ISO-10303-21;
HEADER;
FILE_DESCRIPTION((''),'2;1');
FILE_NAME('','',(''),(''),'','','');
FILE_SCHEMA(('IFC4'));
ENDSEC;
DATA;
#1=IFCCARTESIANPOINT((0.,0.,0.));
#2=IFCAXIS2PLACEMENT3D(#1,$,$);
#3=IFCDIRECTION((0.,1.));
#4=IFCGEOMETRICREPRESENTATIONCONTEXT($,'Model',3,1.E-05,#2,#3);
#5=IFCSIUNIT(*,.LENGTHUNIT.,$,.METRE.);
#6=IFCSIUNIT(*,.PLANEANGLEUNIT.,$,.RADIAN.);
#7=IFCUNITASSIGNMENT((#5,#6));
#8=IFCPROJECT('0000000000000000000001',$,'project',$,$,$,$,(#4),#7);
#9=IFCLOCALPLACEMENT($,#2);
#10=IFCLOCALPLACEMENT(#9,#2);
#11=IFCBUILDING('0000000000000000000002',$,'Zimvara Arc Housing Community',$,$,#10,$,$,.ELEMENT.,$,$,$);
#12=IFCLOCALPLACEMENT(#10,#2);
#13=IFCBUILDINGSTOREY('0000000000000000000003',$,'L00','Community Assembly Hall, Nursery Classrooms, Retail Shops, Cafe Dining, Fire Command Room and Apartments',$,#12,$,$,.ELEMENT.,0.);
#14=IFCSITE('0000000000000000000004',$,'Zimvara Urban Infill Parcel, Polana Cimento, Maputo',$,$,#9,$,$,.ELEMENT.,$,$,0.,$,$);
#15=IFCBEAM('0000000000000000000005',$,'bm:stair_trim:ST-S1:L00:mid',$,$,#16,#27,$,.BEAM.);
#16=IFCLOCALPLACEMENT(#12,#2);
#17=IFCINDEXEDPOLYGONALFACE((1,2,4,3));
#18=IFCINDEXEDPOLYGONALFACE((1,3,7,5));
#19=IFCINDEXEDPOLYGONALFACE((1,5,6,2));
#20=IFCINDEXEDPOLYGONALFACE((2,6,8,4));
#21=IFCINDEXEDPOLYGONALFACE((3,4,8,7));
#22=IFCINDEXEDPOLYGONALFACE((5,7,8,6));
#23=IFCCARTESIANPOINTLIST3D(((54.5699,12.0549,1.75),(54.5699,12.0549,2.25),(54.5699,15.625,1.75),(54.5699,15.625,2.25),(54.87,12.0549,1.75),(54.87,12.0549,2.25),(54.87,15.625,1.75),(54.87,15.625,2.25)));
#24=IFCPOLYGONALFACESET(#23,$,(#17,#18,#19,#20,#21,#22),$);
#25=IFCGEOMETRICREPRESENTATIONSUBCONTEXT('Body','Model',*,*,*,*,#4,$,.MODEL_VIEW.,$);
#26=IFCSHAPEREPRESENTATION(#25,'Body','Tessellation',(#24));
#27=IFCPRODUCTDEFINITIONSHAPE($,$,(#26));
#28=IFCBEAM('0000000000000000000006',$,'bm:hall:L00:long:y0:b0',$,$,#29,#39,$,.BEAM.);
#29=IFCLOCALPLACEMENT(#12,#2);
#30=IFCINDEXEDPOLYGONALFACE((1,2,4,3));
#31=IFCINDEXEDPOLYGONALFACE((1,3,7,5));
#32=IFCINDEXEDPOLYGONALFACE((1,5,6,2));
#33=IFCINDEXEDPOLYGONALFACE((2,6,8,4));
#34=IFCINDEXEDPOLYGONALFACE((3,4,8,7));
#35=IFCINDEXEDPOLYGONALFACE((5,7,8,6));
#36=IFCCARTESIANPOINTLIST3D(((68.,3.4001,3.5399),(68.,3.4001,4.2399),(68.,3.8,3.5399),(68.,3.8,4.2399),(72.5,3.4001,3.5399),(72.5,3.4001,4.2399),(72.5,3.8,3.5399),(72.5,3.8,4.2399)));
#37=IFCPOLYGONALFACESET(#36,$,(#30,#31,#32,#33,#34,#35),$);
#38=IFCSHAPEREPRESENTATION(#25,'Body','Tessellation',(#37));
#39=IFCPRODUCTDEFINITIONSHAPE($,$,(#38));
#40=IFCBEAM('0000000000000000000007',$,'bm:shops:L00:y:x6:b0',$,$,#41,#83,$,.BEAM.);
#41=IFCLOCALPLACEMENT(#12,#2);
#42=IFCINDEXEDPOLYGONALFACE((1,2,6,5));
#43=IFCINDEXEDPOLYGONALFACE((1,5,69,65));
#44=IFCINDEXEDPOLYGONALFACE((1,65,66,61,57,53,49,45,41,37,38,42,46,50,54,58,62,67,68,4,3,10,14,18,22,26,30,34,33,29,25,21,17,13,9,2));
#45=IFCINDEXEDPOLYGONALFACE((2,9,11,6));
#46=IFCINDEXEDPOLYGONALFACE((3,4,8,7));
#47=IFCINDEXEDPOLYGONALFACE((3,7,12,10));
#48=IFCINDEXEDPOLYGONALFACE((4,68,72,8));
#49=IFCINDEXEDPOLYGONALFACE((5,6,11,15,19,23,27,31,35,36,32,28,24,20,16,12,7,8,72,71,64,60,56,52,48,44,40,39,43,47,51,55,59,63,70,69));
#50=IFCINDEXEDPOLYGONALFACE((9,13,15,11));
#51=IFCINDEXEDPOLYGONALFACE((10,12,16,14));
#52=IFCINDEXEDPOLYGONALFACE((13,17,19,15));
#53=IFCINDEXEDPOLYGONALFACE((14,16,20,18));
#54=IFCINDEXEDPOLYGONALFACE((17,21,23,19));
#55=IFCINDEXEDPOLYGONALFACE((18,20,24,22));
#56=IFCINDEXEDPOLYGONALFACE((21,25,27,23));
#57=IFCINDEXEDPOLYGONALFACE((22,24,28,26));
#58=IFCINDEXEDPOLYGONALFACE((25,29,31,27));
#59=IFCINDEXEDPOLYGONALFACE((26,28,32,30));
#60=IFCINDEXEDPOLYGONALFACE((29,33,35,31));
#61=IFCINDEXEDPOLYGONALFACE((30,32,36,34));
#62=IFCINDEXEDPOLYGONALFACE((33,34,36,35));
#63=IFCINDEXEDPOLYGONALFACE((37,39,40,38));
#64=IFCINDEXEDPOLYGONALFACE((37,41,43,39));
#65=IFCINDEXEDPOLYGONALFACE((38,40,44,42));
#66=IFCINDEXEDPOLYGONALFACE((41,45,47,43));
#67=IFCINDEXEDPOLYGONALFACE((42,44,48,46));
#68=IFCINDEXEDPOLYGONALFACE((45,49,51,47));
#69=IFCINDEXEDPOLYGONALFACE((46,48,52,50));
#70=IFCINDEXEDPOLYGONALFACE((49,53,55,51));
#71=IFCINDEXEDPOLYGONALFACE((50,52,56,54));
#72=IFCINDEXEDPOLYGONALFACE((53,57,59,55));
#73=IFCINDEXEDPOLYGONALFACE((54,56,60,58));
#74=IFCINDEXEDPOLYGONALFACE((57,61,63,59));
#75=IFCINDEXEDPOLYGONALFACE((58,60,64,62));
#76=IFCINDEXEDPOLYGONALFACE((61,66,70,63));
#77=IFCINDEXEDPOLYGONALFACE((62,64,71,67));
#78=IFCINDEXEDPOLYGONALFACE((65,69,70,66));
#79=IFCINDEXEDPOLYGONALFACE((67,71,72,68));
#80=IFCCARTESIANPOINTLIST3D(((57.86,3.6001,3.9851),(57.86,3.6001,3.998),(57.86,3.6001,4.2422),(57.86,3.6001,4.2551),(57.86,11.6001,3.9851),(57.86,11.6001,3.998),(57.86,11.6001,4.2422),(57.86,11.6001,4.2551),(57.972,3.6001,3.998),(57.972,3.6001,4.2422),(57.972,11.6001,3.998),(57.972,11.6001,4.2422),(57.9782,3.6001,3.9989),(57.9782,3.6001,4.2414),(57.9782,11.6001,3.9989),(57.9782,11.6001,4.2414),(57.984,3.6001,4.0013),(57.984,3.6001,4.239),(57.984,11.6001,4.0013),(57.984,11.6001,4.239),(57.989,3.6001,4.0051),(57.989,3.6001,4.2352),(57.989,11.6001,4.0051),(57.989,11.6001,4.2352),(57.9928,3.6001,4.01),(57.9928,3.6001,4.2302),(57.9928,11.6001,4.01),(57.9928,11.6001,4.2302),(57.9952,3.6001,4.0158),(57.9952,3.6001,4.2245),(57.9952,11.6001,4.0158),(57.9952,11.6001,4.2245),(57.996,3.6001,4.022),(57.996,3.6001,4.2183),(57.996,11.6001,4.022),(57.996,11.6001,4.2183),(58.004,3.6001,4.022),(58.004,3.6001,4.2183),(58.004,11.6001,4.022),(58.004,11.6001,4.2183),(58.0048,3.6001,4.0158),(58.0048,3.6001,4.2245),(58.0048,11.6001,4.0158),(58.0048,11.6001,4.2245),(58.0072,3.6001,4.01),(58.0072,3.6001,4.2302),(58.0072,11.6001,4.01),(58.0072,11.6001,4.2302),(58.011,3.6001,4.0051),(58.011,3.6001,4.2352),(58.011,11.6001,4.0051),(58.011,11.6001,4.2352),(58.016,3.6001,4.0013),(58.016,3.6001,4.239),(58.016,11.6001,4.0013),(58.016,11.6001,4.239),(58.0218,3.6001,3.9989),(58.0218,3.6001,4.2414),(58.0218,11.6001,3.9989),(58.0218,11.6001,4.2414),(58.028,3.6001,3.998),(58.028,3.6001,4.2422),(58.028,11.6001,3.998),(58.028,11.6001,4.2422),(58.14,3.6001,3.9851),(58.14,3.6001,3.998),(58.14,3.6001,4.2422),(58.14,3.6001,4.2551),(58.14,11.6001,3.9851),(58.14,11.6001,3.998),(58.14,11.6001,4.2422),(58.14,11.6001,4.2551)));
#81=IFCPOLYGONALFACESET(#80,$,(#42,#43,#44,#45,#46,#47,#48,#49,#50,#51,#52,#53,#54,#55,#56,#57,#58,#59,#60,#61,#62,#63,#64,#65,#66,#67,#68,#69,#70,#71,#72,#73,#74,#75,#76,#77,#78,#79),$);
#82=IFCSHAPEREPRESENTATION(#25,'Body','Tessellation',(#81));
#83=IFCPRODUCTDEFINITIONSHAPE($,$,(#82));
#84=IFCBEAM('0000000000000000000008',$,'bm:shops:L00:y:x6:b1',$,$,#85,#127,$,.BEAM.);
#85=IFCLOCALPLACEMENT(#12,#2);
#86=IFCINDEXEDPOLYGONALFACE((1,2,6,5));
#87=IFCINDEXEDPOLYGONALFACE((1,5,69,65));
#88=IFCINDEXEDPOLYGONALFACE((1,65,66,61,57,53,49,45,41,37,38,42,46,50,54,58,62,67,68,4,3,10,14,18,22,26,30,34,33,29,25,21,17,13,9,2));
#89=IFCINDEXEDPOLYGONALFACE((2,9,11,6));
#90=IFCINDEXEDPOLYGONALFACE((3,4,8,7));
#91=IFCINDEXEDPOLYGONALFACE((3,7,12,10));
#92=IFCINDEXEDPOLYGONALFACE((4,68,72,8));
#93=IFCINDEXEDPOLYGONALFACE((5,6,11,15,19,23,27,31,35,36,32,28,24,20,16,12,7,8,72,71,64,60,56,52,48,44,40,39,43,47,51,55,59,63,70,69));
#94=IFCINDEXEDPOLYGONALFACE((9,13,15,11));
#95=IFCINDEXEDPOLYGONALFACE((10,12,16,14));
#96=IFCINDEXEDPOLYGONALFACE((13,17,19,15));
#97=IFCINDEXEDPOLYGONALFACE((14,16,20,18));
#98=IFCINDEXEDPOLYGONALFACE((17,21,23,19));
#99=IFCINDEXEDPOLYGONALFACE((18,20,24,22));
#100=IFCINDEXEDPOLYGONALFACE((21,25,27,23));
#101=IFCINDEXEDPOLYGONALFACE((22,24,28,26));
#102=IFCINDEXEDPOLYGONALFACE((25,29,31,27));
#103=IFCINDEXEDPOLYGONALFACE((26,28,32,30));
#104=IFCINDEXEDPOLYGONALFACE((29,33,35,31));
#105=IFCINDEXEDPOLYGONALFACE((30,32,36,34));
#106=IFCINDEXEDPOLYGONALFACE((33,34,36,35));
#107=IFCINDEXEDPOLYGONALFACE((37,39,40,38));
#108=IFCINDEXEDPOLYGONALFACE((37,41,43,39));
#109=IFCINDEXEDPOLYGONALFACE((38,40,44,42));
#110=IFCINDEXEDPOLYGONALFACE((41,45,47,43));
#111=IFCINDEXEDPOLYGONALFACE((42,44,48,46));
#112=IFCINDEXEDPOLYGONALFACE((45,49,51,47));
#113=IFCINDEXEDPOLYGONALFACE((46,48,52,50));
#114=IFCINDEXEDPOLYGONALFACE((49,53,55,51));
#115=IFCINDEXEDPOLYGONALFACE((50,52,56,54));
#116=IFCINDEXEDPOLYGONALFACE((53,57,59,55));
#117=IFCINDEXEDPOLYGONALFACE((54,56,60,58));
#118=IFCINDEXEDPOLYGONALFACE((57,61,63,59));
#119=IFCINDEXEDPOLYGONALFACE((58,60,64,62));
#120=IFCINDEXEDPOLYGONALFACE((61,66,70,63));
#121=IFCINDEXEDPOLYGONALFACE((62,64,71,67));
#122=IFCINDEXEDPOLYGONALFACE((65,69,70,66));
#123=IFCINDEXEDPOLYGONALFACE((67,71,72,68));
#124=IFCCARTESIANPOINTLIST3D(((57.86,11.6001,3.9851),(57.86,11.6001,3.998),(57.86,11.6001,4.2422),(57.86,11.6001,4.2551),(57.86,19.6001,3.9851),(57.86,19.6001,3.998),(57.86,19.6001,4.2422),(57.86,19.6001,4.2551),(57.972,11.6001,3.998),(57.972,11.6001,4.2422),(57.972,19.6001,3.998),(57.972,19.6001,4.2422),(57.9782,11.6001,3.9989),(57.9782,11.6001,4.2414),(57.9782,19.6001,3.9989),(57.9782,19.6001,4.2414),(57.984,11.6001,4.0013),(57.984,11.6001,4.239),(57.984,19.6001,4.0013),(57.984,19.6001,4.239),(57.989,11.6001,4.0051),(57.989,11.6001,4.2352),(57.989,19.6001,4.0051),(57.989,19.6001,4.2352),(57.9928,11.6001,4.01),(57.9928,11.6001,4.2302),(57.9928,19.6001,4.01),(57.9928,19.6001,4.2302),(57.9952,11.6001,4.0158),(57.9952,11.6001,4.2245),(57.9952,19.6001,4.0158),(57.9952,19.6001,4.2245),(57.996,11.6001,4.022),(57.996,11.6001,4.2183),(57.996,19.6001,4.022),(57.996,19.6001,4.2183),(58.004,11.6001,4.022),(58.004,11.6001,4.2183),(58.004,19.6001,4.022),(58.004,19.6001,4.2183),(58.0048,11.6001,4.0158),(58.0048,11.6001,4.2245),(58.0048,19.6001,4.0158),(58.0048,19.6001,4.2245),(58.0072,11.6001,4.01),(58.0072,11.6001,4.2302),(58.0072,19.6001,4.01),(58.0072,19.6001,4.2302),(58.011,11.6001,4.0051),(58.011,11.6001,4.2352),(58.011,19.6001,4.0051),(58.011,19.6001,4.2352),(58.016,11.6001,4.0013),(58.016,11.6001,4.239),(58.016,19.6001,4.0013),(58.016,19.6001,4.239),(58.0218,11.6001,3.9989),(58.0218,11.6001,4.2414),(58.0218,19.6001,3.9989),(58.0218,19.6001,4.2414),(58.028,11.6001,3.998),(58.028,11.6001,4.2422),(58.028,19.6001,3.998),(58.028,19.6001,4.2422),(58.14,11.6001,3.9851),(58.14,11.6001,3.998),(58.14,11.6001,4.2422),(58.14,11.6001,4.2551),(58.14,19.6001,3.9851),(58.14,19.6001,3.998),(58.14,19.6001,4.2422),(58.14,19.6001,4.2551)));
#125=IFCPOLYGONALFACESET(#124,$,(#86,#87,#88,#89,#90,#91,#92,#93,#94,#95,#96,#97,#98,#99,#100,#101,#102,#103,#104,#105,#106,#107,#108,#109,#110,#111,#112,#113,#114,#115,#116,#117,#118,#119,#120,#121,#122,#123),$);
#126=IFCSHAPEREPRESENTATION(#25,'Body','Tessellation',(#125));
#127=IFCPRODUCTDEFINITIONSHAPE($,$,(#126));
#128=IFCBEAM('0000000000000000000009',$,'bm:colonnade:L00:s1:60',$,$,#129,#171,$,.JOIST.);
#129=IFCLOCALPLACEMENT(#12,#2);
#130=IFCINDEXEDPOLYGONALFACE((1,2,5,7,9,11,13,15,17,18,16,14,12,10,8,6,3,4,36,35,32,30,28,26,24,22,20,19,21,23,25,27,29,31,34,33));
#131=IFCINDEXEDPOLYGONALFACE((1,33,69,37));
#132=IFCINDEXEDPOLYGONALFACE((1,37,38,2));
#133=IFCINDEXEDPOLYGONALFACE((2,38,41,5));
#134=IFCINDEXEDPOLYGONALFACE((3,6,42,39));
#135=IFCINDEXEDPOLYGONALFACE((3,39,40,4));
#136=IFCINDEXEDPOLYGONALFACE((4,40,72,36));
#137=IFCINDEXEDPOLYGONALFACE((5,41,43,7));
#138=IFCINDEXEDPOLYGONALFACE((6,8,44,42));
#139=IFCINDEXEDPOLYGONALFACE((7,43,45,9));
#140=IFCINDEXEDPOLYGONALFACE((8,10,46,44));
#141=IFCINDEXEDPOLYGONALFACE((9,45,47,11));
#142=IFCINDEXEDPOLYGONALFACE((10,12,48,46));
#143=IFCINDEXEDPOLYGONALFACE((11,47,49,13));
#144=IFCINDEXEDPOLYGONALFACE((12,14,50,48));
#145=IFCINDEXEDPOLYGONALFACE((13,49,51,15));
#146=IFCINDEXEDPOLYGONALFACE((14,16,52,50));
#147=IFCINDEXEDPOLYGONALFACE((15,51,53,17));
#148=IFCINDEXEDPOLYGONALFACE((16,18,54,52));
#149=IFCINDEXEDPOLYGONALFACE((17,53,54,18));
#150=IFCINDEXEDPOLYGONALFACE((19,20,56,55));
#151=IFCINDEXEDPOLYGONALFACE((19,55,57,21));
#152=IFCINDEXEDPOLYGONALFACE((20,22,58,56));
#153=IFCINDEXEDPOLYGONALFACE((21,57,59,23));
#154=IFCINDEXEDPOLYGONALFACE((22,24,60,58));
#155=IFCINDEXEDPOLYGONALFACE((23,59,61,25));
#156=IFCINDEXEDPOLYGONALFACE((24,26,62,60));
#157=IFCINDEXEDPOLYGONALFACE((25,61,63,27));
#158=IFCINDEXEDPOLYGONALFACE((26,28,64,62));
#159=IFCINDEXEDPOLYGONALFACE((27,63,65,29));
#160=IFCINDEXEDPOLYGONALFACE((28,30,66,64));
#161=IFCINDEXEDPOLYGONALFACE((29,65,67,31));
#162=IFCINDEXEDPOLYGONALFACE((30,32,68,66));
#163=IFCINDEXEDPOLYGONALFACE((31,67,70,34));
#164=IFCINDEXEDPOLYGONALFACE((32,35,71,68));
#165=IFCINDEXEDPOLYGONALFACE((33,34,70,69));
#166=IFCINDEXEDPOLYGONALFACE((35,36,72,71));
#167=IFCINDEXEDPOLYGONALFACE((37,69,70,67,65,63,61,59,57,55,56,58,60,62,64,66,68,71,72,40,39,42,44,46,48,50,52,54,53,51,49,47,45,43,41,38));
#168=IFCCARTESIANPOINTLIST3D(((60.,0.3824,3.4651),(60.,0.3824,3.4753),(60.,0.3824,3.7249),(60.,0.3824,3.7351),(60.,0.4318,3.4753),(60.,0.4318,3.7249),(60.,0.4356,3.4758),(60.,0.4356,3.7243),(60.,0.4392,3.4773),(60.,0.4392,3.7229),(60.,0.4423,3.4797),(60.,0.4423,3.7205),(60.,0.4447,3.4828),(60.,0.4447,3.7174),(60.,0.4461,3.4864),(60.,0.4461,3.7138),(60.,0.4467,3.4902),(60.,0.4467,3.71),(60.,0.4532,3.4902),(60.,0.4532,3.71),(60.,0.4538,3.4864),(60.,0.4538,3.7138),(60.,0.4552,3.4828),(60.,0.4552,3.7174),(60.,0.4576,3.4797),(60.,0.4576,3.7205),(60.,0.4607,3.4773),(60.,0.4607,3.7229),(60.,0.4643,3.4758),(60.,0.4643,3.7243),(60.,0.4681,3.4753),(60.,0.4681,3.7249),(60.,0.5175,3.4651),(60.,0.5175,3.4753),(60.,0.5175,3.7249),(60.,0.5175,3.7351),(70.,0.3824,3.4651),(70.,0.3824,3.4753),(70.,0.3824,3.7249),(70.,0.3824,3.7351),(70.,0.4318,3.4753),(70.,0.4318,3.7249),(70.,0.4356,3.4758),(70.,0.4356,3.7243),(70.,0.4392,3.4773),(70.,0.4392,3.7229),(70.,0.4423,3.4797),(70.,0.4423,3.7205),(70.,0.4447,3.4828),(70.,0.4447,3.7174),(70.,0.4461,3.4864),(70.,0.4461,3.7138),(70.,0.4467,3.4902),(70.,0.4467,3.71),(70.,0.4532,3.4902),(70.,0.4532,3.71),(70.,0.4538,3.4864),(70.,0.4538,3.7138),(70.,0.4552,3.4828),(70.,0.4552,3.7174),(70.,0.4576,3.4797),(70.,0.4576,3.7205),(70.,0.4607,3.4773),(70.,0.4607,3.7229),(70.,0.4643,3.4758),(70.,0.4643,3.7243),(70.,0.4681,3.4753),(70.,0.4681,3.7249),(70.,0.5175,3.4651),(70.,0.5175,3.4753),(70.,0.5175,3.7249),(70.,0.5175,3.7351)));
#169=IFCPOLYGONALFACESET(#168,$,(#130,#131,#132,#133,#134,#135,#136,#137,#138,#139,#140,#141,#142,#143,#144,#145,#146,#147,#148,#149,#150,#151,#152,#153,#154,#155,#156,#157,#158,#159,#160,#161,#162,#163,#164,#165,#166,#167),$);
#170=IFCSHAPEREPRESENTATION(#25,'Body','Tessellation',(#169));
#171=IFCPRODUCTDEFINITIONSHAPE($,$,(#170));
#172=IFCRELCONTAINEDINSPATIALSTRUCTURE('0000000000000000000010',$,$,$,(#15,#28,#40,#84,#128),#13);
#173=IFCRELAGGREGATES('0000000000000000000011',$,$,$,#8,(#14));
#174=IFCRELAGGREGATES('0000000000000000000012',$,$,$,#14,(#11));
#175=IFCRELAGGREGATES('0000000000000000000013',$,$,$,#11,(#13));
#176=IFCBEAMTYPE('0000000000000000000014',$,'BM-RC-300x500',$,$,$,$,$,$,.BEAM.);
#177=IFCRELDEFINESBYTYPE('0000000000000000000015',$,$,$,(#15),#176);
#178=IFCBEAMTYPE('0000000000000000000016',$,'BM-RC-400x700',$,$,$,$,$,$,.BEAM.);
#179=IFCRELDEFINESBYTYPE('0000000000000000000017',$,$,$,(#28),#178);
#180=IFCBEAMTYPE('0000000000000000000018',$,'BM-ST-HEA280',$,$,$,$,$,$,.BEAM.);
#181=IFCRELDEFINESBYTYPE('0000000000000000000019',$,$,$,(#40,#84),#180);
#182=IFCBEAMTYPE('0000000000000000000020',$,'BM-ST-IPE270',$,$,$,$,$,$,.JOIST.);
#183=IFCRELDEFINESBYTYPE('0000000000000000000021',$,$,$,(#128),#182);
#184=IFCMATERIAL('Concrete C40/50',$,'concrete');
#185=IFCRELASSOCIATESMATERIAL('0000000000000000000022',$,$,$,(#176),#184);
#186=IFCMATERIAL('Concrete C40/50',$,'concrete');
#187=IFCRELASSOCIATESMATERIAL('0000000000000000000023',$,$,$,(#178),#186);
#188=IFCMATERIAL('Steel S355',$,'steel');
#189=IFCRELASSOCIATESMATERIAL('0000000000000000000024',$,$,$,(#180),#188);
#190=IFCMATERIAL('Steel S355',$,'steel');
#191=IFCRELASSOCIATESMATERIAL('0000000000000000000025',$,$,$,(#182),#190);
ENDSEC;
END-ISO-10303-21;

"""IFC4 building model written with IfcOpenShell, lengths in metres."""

from ifc_helpers import new_model, si_unit, direction, frame, origin, origin_2d, place, context, subcontext, project, spatial, rectangle, i_section, extrude, material, material_profile, profile_set, type_object, element, save


model = new_model("IFC4")

# Units and contexts
model_context = context("Model", 3, precision=1e-05, world=origin(), true_north=direction((0.0, 1.0)))
body_context = subcontext(model_context, "Body", "Model", "MODEL_VIEW")
ifc_project = project(units=[si_unit("LENGTHUNIT", "METRE"), si_unit("PLANEANGLEUNIT", "RADIAN")], contexts=[model_context])

# Site, building, storey
site_placement = place(None, origin())
site = spatial("IfcSite", under=ifc_project, at=site_placement, Name="Zimvara Urban Infill Parcel, Polana Cimento, Maputo", CompositionType="ELEMENT", RefElevation=0.0)
building_placement = place(site_placement, origin())
building = spatial("IfcBuilding", under=site, at=building_placement, Name="Zimvara Arc Housing Community", CompositionType="ELEMENT")
storey_placement = place(building_placement, origin())
storey = spatial("IfcBuildingStorey", under=building, at=storey_placement, Name="L00", Description="Community Assembly Hall, Nursery Classrooms, Retail Shops, Cafe Dining, Fire Command Room and Apartments", CompositionType="ELEMENT", Elevation=0.0)

# Beams
ifc_material_1 = material(Name="Concrete C40/50", Category="concrete")
ifc_material_profile_1 = material_profile(ifc_material_1, rectangle(XDim=0.3, YDim=0.5, at=origin_2d()), Name="RC 300x500")
ifc_profile_set_1 = profile_set([ifc_material_profile_1], Name="Concrete C40/50")
beam_type_1 = type_object("IfcBeamType", Name="BM-RC-300x500", PredefinedType="BEAM", material=ifc_profile_set_1)
beam_1_placement = place(storey_placement, frame((54.72, 12.0549, 2.0), z_axis=(0.0, 1.0, 0.0), x_axis=(-1.0, 0.0, 0.0)))
element("IfcBeam", 1, at=beam_1_placement, inside=storey, type_object=beam_type_1, Name="bm:stair_trim:ST-S1:L00:mid", PredefinedType="BEAM", context=body_context, shape_type="SweptSolid", body=[
    extrude(rectangle(XDim=0.3, YDim=0.5, at=origin_2d()), origin(), (0.0, 0.0, 1.0), 3.5701),
])
ifc_material_2 = material(Name="Concrete C40/50", Category="concrete")
ifc_material_profile_2 = material_profile(ifc_material_2, rectangle(XDim=0.3999, YDim=0.7, at=origin_2d()), Name="RC 400x700")
ifc_profile_set_2 = profile_set([ifc_material_profile_2], Name="Concrete C40/50")
beam_type_2 = type_object("IfcBeamType", Name="BM-RC-400x700", PredefinedType="BEAM", material=ifc_profile_set_2)
beam_2_placement = place(storey_placement, frame((68.0, 3.6001, 3.8899), z_axis=(1.0, 0.0, 0.0), x_axis=(0.0, 1.0, 0.0)))
element("IfcBeam", 2, at=beam_2_placement, inside=storey, type_object=beam_type_2, Name="bm:hall:L00:long:y0:b0", PredefinedType="BEAM", context=body_context, shape_type="SweptSolid", body=[
    extrude(rectangle(XDim=0.3999, YDim=0.7, at=origin_2d()), origin(), (0.0, 0.0, 1.0), 4.5),
])
ifc_material_3 = material(Name="Steel S355", Category="steel")
ifc_material_profile_3 = material_profile(ifc_material_3, i_section(OverallWidth=0.28, OverallDepth=0.27, WebThickness=0.0081, FlangeThickness=0.0129, FilletRadius=0.0239, at=origin_2d()), Name="HEA 280")
ifc_profile_set_3 = profile_set([ifc_material_profile_3], Name="Steel S355")
beam_type_3 = type_object("IfcBeamType", Name="BM-ST-HEA280", PredefinedType="BEAM", material=ifc_profile_set_3)
for number, where, z_axis, x_axis, name in (
    (3, (58.0, 3.6001, 4.1201), (0.0, 1.0, 0.0), (-1.0, 0.0, 0.0), "bm:shops:L00:y:x6:b0"),
    (4, (58.0, 11.6001, 4.1201), (0.0, 1.0, 0.0), (-1.0, 0.0, 0.0), "bm:shops:L00:y:x6:b1"),
):
    element("IfcBeam", number, at=place(storey_placement, frame(where, z_axis=z_axis, x_axis=x_axis)), inside=storey, type_object=beam_type_3, Name=name, PredefinedType="BEAM", context=body_context, shape_type="SweptSolid", body=[
        extrude(i_section(OverallWidth=0.28, OverallDepth=0.27, WebThickness=0.0081, FlangeThickness=0.0129, FilletRadius=0.0239, at=origin_2d()), origin(), (0.0, 0.0, 1.0), 8.0),
    ])
ifc_material_4 = material(Name="Steel S355", Category="steel")
ifc_material_profile_4 = material_profile(ifc_material_4, i_section(OverallWidth=0.135, OverallDepth=0.27, WebThickness=0.0066, FlangeThickness=0.0103, FilletRadius=0.0149, at=origin_2d()), Name="IPE 270")
ifc_profile_set_4 = profile_set([ifc_material_profile_4], Name="Steel S355")
beam_type_4 = type_object("IfcBeamType", Name="BM-ST-IPE270", PredefinedType="JOIST", material=ifc_profile_set_4)
beam_3_placement = place(storey_placement, frame((60.0, 0.45, 3.6001), z_axis=(1.0, 0.0, 0.0), x_axis=(0.0, 1.0, 0.0)))
element("IfcBeam", 5, at=beam_3_placement, inside=storey, type_object=beam_type_4, Name="bm:colonnade:L00:s1:60", PredefinedType="JOIST", context=body_context, shape_type="SweptSolid", body=[
    extrude(i_section(OverallWidth=0.135, OverallDepth=0.27, WebThickness=0.0066, FlangeThickness=0.0103, FilletRadius=0.0149, at=origin_2d()), origin(), (0.0, 0.0, 1.0), 10.0),
])

save(model, "model.ifc")
